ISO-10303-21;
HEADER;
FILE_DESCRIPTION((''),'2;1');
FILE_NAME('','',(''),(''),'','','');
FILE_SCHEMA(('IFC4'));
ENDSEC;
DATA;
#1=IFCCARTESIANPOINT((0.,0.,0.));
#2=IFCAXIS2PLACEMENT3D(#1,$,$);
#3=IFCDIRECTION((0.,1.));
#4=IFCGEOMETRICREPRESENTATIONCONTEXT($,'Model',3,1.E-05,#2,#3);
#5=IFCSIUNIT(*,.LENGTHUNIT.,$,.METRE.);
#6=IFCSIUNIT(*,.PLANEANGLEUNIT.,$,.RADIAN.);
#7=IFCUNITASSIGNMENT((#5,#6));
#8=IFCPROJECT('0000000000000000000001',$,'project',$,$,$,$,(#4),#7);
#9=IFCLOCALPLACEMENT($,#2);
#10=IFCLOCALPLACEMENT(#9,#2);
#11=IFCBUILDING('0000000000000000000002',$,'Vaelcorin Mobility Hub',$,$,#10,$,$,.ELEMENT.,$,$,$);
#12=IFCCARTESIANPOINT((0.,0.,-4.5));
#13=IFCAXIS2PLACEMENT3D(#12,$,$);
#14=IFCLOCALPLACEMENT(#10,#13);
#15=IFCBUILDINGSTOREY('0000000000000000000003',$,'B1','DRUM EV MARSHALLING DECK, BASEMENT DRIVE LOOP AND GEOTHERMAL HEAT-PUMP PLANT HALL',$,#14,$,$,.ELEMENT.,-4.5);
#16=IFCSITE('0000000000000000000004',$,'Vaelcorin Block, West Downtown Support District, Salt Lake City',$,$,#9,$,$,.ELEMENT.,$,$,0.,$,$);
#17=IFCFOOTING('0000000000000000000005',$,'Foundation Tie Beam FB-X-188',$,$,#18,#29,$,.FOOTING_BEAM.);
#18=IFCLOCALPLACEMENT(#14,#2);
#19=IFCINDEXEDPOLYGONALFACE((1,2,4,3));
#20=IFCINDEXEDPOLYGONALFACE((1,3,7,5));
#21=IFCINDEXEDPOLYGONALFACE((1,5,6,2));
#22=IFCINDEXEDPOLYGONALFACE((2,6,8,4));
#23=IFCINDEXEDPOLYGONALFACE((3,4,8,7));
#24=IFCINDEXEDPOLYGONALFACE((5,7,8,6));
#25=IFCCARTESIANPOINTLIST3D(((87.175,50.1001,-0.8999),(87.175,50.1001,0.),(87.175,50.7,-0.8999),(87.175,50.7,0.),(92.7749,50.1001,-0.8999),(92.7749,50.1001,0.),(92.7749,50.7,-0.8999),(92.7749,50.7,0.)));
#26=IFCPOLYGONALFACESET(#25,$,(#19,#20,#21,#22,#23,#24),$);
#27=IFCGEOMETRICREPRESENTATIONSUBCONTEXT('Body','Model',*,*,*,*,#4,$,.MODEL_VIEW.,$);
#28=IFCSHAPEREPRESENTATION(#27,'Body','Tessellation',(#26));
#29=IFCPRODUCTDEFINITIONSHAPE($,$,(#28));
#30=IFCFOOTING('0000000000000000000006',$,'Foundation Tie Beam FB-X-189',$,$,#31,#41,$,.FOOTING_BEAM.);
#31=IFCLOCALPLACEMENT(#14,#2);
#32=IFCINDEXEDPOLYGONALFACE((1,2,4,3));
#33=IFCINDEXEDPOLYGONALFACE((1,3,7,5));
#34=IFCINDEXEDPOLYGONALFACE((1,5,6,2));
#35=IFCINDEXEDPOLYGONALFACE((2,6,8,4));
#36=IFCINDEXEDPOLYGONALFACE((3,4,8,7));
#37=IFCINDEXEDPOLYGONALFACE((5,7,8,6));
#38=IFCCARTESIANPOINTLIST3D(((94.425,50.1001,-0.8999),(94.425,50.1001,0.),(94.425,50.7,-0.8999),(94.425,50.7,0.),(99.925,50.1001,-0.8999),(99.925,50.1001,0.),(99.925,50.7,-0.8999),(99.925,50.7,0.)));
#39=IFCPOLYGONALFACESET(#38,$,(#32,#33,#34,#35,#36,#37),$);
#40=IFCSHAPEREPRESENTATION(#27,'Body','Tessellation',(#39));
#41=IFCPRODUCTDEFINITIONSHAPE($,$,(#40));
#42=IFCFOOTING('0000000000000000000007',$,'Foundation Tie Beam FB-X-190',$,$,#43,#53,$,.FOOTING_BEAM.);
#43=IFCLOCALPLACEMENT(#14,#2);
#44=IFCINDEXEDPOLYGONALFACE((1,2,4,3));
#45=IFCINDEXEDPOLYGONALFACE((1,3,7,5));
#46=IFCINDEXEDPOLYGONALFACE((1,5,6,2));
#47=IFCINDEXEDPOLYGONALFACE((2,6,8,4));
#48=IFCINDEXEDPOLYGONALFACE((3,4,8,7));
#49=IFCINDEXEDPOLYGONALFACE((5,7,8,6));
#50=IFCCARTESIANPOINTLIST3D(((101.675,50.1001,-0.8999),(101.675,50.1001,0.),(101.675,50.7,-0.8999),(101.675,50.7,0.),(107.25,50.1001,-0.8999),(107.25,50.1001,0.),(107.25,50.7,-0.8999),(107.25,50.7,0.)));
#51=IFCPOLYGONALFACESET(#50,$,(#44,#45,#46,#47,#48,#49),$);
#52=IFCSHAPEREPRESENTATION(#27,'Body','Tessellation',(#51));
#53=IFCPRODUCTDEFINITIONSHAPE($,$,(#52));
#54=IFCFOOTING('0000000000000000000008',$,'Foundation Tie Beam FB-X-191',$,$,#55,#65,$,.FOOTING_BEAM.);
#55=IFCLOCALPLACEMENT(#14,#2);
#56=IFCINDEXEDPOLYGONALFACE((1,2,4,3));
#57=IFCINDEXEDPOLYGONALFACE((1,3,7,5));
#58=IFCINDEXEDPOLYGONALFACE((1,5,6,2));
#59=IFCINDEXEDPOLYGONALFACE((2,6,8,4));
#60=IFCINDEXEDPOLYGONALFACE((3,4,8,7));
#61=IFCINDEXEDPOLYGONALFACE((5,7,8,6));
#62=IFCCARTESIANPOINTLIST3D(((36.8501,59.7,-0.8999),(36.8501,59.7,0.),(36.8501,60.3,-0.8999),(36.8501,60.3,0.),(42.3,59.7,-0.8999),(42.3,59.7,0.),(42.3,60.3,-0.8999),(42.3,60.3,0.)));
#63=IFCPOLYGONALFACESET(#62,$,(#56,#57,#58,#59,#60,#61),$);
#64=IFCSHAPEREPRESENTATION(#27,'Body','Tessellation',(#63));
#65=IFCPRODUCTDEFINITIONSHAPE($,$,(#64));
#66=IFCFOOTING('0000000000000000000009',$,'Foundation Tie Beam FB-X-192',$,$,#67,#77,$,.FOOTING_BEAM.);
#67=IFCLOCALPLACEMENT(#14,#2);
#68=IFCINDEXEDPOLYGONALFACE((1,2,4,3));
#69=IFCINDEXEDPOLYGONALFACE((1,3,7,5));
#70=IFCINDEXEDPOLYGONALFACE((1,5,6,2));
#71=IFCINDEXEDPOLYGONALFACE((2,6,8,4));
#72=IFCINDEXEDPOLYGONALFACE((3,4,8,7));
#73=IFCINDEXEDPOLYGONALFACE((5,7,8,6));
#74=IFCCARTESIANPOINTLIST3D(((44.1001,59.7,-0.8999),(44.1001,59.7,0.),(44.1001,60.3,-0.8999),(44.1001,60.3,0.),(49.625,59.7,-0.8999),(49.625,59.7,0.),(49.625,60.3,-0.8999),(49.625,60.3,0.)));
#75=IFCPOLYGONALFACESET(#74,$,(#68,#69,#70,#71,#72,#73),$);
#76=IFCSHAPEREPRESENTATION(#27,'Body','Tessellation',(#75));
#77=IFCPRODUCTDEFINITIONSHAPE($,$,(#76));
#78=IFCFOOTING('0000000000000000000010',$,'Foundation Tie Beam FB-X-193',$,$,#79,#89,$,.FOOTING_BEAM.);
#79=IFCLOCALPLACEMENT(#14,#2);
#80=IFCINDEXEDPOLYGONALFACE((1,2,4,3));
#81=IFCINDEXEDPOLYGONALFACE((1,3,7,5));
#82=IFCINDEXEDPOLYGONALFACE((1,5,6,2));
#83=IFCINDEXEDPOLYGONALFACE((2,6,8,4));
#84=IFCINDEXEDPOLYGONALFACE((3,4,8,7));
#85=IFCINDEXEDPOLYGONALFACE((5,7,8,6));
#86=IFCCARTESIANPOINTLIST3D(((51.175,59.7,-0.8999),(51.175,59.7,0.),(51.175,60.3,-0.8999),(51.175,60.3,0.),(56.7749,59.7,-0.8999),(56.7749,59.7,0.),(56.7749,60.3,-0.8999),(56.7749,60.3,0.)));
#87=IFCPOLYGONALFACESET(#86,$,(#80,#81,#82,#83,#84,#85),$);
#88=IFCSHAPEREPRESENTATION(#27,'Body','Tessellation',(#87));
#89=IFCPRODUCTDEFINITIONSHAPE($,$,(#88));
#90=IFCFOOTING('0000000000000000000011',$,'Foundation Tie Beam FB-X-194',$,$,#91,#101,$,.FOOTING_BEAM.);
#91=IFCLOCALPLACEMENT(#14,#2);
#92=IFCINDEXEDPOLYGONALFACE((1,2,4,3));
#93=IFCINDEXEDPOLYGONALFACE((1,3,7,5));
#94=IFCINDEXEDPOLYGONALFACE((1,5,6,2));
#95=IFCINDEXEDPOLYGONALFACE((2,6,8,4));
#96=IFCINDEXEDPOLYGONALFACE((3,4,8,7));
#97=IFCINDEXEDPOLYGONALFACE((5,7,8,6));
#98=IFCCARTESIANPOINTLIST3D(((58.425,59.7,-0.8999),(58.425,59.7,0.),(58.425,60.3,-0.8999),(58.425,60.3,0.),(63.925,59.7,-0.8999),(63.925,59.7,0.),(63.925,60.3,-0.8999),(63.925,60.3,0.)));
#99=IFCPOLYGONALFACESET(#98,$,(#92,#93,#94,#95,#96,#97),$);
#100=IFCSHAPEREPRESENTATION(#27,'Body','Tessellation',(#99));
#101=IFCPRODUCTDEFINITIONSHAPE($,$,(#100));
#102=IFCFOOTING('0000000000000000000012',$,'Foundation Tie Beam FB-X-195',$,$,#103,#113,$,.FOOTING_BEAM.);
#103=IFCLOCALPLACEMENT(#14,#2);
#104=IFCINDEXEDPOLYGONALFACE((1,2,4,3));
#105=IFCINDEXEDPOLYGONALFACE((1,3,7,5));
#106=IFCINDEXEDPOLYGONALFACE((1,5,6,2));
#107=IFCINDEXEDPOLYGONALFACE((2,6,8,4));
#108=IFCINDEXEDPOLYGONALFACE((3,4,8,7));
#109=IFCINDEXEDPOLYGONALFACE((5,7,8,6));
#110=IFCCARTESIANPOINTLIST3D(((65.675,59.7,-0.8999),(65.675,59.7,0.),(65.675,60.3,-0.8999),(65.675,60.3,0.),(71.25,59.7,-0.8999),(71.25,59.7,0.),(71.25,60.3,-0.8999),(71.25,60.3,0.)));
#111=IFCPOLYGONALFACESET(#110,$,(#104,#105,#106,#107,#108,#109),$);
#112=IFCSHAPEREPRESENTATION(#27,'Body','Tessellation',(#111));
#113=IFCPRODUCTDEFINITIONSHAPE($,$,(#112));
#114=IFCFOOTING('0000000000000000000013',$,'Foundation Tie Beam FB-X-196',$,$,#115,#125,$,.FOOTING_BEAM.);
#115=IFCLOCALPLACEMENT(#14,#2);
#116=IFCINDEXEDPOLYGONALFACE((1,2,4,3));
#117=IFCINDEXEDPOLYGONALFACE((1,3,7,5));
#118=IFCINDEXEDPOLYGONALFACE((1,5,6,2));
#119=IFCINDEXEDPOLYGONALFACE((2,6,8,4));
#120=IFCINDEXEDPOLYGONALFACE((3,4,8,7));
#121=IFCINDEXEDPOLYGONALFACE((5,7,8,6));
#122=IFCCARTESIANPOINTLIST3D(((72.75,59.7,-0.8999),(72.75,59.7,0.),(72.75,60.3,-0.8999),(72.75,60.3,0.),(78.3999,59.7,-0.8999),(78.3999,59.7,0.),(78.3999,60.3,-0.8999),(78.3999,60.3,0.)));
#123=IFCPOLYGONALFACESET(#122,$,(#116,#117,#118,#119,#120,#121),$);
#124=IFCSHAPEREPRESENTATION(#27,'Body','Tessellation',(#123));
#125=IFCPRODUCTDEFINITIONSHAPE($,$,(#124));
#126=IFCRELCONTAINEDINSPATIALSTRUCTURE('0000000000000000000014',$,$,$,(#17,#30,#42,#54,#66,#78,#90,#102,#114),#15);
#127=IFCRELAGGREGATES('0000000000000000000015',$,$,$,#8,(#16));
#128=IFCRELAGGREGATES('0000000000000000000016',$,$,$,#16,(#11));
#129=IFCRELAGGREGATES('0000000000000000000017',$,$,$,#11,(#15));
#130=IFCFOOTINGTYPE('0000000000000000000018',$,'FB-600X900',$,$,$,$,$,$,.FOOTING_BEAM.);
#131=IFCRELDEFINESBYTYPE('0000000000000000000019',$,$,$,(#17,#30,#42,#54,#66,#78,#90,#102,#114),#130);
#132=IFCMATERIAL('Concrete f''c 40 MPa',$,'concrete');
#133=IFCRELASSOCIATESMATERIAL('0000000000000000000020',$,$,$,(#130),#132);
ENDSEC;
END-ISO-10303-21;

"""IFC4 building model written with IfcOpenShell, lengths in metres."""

from ifc_helpers import new_model, si_unit, direction, frame, origin, place, context, subcontext, project, spatial, polyline, outline, extrude, material, type_object, element, save


model = new_model("IFC4")

# Units and contexts
model_context = context("Model", 3, precision=1e-05, world=origin(), true_north=direction((0.0, 1.0)))
body_context = subcontext(model_context, "Body", "Model", "MODEL_VIEW")
ifc_project = project(units=[si_unit("LENGTHUNIT", "METRE"), si_unit("PLANEANGLEUNIT", "RADIAN")], contexts=[model_context])

# Site, building, storey
site_placement = place(None, origin())
site = spatial("IfcSite", under=ifc_project, at=site_placement, Name="Vaelcorin Block, West Downtown Support District, Salt Lake City", CompositionType="ELEMENT", RefElevation=0.0)
building_placement = place(site_placement, origin())
building = spatial("IfcBuilding", under=site, at=building_placement, Name="Vaelcorin Mobility Hub", CompositionType="ELEMENT")
storey_placement = place(building_placement, frame((0.0, 0.0, -4.5)))
storey = spatial("IfcBuildingStorey", under=building, at=storey_placement, Name="B1", Description="DRUM EV MARSHALLING DECK, BASEMENT DRIVE LOOP AND GEOTHERMAL HEAT-PUMP PLANT HALL", CompositionType="ELEMENT", Elevation=-4.5)

# Footings
ifc_material = material(Name="Concrete f'c 40 MPa", Category="concrete")
footing_type = type_object("IfcFootingType", Name="FB-600X900", PredefinedType="FOOTING_BEAM", material=ifc_material)
footing_1_placement = place(storey_placement, frame((0.0, 0.0, -0.8999)))
element("IfcFooting", 1, at=footing_1_placement, inside=storey, type_object=footing_type, Name="Foundation Tie Beam FB-X-188", PredefinedType="FOOTING_BEAM", context=body_context, shape_type="SweptSolid", body=[
    extrude(outline(polyline([(87.175, 50.1001), (92.7749, 50.1001), (92.7749, 50.7), (87.175, 50.7), (87.175, 50.1001)])), origin(), (0.0, 0.0, 1.0), 0.8999),
])
footing_2_placement = place(storey_placement, frame((0.0, 0.0, -0.8999)))
element("IfcFooting", 2, at=footing_2_placement, inside=storey, type_object=footing_type, Name="Foundation Tie Beam FB-X-189", PredefinedType="FOOTING_BEAM", context=body_context, shape_type="SweptSolid", body=[
    extrude(outline(polyline([(94.425, 50.1001), (99.925, 50.1001), (99.925, 50.7), (94.425, 50.7), (94.425, 50.1001)])), origin(), (0.0, 0.0, 1.0), 0.8999),
])
footing_3_placement = place(storey_placement, frame((0.0, 0.0, -0.8999)))
element("IfcFooting", 3, at=footing_3_placement, inside=storey, type_object=footing_type, Name="Foundation Tie Beam FB-X-190", PredefinedType="FOOTING_BEAM", context=body_context, shape_type="SweptSolid", body=[
    extrude(outline(polyline([(101.675, 50.1001), (107.25, 50.1001), (107.25, 50.7), (101.675, 50.7), (101.675, 50.1001)])), origin(), (0.0, 0.0, 1.0), 0.8999),
])
footing_4_placement = place(storey_placement, frame((0.0, 0.0, -0.8999)))
element("IfcFooting", 4, at=footing_4_placement, inside=storey, type_object=footing_type, Name="Foundation Tie Beam FB-X-191", PredefinedType="FOOTING_BEAM", context=body_context, shape_type="SweptSolid", body=[
    extrude(outline(polyline([(36.8501, 59.7), (42.3, 59.7), (42.3, 60.3), (36.8501, 60.3), (36.8501, 59.7)])), origin(), (0.0, 0.0, 1.0), 0.8999),
])
footing_5_placement = place(storey_placement, frame((0.0, 0.0, -0.8999)))
element("IfcFooting", 5, at=footing_5_placement, inside=storey, type_object=footing_type, Name="Foundation Tie Beam FB-X-192", PredefinedType="FOOTING_BEAM", context=body_context, shape_type="SweptSolid", body=[
    extrude(outline(polyline([(44.1001, 59.7), (49.625, 59.7), (49.625, 60.3), (44.1001, 60.3), (44.1001, 59.7)])), origin(), (0.0, 0.0, 1.0), 0.8999),
])
footing_6_placement = place(storey_placement, frame((0.0, 0.0, -0.8999)))
element("IfcFooting", 6, at=footing_6_placement, inside=storey, type_object=footing_type, Name="Foundation Tie Beam FB-X-193", PredefinedType="FOOTING_BEAM", context=body_context, shape_type="SweptSolid", body=[
    extrude(outline(polyline([(51.175, 59.7), (56.7749, 59.7), (56.7749, 60.3), (51.175, 60.3), (51.175, 59.7)])), origin(), (0.0, 0.0, 1.0), 0.8999),
])
footing_7_placement = place(storey_placement, frame((0.0, 0.0, -0.8999)))
element("IfcFooting", 7, at=footing_7_placement, inside=storey, type_object=footing_type, Name="Foundation Tie Beam FB-X-194", PredefinedType="FOOTING_BEAM", context=body_context, shape_type="SweptSolid", body=[
    extrude(outline(polyline([(58.425, 59.7), (63.925, 59.7), (63.925, 60.3), (58.425, 60.3), (58.425, 59.7)])), origin(), (0.0, 0.0, 1.0), 0.8999),
])
footing_8_placement = place(storey_placement, frame((0.0, 0.0, -0.8999)))
element("IfcFooting", 8, at=footing_8_placement, inside=storey, type_object=footing_type, Name="Foundation Tie Beam FB-X-195", PredefinedType="FOOTING_BEAM", context=body_context, shape_type="SweptSolid", body=[
    extrude(outline(polyline([(65.675, 59.7), (71.25, 59.7), (71.25, 60.3), (65.675, 60.3), (65.675, 59.7)])), origin(), (0.0, 0.0, 1.0), 0.8999),
])
footing_9_placement = place(storey_placement, frame((0.0, 0.0, -0.8999)))
element("IfcFooting", 9, at=footing_9_placement, inside=storey, type_object=footing_type, Name="Foundation Tie Beam FB-X-196", PredefinedType="FOOTING_BEAM", context=body_context, shape_type="SweptSolid", body=[
    extrude(outline(polyline([(72.75, 59.7), (78.3999, 59.7), (78.3999, 60.3), (72.75, 60.3), (72.75, 59.7)])), origin(), (0.0, 0.0, 1.0), 0.8999),
])

save(model, "model.ifc")
